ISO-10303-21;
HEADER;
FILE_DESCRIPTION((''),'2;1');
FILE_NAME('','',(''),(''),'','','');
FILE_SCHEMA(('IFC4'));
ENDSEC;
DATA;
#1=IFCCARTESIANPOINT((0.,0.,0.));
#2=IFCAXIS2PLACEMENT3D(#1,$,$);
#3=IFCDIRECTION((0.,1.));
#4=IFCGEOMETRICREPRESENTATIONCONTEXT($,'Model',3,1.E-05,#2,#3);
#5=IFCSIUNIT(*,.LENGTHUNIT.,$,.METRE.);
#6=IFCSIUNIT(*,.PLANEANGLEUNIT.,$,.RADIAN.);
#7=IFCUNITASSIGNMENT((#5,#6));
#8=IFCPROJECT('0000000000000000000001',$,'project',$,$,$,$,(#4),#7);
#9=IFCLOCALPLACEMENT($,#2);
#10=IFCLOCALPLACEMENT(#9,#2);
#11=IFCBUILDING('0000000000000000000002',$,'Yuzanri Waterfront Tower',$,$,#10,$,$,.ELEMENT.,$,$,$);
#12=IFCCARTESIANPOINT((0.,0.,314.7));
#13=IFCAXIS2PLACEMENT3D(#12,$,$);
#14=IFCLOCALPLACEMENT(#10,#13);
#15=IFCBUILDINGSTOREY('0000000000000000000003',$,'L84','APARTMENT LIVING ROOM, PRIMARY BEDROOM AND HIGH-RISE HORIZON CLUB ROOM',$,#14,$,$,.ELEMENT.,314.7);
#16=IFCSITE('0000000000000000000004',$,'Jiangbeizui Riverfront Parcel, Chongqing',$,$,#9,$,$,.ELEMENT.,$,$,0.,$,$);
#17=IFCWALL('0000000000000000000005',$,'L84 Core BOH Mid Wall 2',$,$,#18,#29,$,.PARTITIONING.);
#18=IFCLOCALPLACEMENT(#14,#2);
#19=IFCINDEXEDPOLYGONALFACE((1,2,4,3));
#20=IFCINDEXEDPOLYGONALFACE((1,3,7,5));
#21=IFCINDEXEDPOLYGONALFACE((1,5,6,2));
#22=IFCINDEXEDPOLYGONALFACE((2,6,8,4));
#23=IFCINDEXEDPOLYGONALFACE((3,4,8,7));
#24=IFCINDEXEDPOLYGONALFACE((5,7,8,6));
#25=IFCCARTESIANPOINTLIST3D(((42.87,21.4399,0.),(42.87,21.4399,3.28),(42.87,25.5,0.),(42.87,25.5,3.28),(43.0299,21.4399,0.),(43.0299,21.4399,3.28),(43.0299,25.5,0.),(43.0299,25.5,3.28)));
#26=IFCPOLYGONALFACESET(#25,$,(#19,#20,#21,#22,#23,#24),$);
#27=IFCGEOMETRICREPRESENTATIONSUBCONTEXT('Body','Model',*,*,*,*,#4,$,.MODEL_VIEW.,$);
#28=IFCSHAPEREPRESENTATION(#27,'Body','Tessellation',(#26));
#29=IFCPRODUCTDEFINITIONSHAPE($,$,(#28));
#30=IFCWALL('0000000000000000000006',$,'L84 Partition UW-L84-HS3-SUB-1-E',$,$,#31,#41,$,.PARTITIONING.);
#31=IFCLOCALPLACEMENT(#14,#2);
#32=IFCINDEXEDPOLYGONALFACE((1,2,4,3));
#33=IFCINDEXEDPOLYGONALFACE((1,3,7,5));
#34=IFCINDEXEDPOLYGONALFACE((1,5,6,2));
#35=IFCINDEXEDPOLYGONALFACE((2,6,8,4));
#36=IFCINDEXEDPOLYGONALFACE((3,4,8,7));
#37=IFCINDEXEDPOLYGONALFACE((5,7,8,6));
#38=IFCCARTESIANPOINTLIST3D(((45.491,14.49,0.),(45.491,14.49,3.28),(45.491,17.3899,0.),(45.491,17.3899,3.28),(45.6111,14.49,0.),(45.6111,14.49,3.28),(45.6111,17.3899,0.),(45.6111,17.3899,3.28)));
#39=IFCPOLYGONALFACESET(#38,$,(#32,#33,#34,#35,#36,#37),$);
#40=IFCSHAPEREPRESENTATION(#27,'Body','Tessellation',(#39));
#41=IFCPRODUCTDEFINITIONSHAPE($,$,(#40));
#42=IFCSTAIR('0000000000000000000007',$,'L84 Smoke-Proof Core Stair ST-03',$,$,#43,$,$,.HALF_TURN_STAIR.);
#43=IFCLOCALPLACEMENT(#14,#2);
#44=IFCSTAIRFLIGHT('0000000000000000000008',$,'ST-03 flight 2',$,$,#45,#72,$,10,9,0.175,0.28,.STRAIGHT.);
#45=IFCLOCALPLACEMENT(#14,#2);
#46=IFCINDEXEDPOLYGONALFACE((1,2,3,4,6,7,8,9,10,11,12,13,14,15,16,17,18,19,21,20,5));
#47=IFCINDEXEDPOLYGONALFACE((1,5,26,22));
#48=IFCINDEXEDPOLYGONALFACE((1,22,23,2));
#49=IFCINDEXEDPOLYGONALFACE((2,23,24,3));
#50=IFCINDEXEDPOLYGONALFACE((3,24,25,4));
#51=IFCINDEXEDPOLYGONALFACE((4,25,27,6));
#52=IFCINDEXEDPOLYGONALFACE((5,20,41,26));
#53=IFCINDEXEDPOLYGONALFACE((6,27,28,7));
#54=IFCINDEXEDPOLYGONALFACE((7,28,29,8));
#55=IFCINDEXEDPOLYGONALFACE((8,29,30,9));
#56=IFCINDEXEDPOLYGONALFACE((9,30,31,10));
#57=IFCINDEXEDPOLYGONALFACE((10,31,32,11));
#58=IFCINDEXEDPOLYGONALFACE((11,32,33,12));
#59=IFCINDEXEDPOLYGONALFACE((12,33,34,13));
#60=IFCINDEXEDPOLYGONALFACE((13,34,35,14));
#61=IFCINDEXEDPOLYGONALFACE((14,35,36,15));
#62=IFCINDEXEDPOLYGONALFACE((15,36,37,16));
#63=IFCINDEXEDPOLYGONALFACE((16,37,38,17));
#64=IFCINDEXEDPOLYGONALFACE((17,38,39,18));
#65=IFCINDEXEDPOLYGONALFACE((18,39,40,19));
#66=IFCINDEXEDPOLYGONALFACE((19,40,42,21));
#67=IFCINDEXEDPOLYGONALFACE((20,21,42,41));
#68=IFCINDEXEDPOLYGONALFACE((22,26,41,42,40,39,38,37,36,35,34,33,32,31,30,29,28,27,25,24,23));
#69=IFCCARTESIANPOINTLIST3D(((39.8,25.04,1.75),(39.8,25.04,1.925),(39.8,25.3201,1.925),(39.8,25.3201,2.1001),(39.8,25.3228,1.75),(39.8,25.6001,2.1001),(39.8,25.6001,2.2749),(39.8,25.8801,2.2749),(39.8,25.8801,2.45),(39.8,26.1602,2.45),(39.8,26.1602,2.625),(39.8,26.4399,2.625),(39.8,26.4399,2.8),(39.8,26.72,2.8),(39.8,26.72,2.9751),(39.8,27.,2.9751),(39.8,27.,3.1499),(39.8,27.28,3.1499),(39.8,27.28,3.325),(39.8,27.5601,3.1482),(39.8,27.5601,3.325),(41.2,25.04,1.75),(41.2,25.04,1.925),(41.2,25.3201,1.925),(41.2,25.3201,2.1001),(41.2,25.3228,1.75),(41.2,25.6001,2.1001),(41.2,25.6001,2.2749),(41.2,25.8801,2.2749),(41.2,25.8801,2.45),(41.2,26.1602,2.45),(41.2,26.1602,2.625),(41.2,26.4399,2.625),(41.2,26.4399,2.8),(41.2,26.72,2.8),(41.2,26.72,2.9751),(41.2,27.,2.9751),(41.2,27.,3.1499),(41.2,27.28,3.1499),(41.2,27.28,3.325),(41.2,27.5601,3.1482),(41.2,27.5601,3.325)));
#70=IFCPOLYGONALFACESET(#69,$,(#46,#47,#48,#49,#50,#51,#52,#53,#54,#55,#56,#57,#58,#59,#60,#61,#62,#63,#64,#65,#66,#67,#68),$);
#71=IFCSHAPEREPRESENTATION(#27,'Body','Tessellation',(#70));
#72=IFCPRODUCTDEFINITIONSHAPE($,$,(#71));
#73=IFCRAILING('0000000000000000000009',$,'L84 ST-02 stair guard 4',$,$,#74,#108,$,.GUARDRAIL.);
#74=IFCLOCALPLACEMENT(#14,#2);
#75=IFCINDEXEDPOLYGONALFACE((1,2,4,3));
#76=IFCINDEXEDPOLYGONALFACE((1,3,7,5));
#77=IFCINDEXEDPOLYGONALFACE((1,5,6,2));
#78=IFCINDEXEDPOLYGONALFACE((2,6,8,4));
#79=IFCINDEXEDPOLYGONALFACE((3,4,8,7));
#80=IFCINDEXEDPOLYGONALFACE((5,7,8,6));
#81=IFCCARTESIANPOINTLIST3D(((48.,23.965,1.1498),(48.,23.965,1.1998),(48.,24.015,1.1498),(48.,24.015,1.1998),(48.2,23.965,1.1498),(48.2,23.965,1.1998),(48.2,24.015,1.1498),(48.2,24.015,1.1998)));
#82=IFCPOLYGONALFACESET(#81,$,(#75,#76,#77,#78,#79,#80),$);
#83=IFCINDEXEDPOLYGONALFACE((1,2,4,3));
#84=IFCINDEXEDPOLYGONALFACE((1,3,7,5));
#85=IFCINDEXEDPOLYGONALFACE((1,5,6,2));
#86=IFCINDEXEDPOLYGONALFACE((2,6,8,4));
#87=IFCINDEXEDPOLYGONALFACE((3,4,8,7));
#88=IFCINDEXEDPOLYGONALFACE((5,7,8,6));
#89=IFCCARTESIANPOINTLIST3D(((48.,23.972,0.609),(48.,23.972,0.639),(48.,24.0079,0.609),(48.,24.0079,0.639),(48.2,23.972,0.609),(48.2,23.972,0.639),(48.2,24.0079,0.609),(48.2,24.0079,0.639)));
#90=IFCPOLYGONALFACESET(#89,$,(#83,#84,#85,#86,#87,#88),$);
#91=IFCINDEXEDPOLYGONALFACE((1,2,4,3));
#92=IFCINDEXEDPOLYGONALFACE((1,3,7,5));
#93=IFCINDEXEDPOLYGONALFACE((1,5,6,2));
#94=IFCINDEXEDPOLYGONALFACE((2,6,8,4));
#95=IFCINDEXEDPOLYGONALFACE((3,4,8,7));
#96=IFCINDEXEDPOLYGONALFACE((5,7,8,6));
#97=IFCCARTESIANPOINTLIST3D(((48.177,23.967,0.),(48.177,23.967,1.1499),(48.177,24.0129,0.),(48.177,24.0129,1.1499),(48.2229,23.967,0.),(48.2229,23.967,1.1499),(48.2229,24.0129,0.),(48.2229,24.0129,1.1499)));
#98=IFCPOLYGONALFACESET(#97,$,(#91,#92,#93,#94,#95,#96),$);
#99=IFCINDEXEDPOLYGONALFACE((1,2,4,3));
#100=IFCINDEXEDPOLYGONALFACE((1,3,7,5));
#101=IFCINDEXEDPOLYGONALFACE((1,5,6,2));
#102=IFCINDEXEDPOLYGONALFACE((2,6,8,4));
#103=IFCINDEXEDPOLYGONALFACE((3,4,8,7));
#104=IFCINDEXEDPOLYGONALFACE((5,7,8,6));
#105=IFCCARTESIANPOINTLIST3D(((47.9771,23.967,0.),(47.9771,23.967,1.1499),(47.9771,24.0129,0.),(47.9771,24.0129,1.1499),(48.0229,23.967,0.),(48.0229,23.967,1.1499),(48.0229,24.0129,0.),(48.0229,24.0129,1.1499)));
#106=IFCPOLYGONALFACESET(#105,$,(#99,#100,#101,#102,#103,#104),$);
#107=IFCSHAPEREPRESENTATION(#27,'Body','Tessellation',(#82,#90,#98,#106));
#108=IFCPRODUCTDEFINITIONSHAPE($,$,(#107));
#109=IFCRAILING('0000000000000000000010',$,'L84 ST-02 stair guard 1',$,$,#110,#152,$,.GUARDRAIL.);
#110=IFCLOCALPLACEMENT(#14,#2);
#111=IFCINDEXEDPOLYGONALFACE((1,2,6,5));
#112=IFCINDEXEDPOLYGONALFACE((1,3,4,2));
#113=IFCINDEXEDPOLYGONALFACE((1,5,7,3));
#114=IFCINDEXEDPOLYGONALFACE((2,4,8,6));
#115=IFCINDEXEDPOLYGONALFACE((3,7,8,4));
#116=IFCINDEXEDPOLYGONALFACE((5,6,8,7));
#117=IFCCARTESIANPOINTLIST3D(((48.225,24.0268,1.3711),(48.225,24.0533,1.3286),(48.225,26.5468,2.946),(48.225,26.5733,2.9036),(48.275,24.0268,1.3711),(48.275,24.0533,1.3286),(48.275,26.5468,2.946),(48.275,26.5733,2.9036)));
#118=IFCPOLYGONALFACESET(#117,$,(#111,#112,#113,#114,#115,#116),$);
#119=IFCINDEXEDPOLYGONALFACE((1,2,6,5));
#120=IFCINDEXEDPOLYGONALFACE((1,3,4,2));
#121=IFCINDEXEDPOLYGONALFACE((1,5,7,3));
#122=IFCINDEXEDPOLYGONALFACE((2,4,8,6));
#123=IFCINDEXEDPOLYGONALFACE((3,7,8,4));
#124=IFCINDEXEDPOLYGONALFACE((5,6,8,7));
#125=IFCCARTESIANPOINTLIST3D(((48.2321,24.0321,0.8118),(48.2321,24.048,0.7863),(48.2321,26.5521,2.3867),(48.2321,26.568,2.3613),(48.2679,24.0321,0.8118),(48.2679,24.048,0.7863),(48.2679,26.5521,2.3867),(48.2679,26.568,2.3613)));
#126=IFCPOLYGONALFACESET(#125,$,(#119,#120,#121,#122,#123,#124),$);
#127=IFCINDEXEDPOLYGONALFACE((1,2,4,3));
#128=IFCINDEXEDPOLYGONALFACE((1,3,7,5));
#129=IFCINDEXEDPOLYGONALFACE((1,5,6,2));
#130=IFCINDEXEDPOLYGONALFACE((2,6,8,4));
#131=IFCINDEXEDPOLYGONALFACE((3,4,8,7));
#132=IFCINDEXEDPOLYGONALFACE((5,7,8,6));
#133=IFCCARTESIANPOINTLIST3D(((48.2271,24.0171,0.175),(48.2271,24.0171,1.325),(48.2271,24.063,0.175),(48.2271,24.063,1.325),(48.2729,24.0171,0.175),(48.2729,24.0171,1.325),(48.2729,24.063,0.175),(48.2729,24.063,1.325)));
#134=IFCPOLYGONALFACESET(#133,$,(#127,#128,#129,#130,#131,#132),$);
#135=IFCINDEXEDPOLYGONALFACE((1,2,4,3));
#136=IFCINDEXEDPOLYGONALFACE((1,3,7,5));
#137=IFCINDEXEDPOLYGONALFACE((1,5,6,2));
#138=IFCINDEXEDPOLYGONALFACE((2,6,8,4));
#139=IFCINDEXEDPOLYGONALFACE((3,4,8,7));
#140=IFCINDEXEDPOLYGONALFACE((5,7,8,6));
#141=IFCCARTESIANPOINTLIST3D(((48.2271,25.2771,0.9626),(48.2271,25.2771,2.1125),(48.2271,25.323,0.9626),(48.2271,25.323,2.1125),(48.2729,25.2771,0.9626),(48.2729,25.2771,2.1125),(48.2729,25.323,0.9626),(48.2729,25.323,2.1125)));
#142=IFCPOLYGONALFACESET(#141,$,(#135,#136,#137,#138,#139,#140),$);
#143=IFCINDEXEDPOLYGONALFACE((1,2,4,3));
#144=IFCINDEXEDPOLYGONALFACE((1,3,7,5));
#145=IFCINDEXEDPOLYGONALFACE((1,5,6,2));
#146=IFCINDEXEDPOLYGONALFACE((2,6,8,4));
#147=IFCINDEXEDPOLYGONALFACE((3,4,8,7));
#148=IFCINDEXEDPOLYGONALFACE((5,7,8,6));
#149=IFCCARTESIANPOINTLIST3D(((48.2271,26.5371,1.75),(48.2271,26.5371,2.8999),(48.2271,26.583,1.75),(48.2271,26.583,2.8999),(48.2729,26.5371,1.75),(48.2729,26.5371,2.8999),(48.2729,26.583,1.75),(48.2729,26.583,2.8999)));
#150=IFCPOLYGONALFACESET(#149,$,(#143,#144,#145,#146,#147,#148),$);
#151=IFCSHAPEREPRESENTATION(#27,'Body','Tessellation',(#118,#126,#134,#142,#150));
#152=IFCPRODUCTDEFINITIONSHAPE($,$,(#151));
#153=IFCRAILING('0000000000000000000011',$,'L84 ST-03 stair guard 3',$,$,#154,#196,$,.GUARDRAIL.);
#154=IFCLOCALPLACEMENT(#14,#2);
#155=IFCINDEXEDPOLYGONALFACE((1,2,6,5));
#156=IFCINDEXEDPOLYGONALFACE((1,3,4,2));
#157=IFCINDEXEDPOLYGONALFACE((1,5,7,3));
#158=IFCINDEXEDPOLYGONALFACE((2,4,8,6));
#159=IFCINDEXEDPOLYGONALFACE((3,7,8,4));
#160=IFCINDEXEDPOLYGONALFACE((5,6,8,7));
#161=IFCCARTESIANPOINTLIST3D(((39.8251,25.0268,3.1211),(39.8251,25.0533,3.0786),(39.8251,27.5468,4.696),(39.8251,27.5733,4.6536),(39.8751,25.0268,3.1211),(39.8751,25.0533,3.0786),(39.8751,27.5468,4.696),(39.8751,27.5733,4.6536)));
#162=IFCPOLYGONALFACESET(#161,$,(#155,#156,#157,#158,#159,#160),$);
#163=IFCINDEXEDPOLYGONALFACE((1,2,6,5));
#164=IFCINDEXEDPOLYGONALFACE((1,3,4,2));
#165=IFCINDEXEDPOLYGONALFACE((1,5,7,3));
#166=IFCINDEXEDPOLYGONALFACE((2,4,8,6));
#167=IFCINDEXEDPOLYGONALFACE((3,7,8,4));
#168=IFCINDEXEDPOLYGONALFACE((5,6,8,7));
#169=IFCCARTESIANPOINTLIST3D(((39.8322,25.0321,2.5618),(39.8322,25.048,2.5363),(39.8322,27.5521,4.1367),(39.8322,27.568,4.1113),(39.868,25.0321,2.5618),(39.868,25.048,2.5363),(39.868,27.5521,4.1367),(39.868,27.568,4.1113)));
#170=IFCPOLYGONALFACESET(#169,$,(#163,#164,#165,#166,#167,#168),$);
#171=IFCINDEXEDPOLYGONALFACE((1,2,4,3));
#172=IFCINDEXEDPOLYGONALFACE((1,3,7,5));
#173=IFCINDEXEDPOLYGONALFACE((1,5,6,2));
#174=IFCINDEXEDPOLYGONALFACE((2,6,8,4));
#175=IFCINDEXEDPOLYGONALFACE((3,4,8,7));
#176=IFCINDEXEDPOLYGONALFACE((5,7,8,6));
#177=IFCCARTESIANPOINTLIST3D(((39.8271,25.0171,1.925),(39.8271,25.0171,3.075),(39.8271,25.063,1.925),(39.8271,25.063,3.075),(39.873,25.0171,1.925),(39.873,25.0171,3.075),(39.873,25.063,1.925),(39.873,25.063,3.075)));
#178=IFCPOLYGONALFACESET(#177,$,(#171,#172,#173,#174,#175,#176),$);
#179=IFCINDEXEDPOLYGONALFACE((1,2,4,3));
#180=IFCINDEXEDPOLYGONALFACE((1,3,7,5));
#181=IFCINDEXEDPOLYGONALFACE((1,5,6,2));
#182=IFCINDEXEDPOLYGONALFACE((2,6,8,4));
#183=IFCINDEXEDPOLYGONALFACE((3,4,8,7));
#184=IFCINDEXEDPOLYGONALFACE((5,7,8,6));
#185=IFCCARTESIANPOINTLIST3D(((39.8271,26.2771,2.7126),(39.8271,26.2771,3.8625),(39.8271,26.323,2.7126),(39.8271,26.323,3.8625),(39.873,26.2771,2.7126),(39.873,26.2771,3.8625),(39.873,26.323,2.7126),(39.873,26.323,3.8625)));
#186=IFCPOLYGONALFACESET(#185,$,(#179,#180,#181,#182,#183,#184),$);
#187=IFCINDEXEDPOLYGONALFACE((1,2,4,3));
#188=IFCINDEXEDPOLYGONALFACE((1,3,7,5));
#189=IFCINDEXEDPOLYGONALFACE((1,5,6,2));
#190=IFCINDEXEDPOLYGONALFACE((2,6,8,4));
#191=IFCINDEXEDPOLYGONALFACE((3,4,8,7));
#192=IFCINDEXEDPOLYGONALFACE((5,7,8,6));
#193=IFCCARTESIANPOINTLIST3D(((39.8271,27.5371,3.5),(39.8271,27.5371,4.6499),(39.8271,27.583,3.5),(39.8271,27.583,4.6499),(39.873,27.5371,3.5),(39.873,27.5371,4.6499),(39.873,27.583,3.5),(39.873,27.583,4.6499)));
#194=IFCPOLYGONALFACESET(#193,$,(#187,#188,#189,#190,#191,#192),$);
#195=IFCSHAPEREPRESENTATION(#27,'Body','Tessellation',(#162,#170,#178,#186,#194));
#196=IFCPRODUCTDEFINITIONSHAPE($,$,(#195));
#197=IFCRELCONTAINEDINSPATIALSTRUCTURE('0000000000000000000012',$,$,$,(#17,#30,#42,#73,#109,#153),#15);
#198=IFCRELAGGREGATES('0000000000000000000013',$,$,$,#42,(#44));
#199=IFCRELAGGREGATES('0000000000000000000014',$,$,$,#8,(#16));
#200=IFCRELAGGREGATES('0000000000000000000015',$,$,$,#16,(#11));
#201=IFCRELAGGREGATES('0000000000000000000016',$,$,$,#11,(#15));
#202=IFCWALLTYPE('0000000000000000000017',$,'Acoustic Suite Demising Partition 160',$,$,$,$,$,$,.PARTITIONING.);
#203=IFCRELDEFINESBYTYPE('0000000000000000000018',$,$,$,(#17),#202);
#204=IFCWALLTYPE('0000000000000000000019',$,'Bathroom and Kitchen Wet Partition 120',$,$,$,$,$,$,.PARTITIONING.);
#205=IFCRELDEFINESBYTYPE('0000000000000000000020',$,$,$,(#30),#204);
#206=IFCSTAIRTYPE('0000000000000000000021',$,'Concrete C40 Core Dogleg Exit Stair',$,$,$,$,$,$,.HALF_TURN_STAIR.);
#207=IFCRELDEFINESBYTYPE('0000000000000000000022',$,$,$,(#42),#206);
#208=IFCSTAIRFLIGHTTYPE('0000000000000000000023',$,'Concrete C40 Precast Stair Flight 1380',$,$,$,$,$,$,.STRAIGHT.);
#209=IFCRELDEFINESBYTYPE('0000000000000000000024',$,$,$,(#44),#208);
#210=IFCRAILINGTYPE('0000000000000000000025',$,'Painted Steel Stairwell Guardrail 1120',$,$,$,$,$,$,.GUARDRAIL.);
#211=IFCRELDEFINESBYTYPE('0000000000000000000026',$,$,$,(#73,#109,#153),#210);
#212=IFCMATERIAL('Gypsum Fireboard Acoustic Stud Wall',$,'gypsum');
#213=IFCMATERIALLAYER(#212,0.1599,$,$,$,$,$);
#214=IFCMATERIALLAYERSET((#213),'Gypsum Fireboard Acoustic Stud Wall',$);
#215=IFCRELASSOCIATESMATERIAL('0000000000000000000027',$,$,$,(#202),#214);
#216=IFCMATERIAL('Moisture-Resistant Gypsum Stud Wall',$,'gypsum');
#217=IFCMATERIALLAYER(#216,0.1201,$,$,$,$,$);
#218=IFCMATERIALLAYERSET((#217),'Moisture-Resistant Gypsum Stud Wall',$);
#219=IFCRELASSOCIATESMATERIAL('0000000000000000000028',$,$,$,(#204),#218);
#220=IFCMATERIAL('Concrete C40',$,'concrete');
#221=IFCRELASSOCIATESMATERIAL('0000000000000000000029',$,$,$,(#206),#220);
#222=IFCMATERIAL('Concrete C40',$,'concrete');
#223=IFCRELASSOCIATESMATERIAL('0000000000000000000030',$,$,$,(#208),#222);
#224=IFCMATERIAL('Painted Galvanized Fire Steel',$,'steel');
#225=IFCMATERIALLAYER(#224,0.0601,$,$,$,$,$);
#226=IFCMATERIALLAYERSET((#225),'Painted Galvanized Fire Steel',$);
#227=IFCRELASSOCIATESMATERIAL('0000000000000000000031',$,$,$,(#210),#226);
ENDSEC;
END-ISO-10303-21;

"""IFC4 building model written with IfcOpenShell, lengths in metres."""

from ifc_helpers import new_model, si_unit, direction, frame, frame_2d, origin, origin_2d, place, context, subcontext, project, spatial, polyline, rectangle, outline, extrude, source, transform, mapped, material, layer, layer_set, type_object, element, aggregate, save


model = new_model("IFC4")

# Units and contexts
model_context = context("Model", 3, precision=1e-05, world=origin(), true_north=direction((0.0, 1.0)))
body_context = subcontext(model_context, "Body", "Model", "MODEL_VIEW")
ifc_project = project(units=[si_unit("LENGTHUNIT", "METRE"), si_unit("PLANEANGLEUNIT", "RADIAN")], contexts=[model_context])

# Site, building, storey
site_placement = place(None, origin())
site = spatial("IfcSite", under=ifc_project, at=site_placement, Name="Jiangbeizui Riverfront Parcel, Chongqing", CompositionType="ELEMENT", RefElevation=0.0)
building_placement = place(site_placement, origin())
building = spatial("IfcBuilding", under=site, at=building_placement, Name="Yuzanri Waterfront Tower", CompositionType="ELEMENT")
storey_placement = place(building_placement, frame((0.0, 0.0, 314.7)))
storey = spatial("IfcBuildingStorey", under=building, at=storey_placement, Name="L84", Description="APARTMENT LIVING ROOM, PRIMARY BEDROOM AND HIGH-RISE HORIZON CLUB ROOM", CompositionType="ELEMENT", Elevation=314.7)

# Walls
ifc_material_1 = material(Name="Gypsum Fireboard Acoustic Stud Wall", Category="gypsum")
ifc_layer_1 = layer(ifc_material_1, 0.1599)
ifc_layer_set_1 = layer_set([ifc_layer_1], Name="Gypsum Fireboard Acoustic Stud Wall")
wall_type_1 = type_object("IfcWallType", Name="Acoustic Suite Demising Partition 160", PredefinedType="PARTITIONING", material=ifc_layer_set_1)
shared_shape_1 = source(origin(), body_context, "Body", "SweptSolid", [
    extrude(rectangle(XDim=4.0601, YDim=0.1599, at=frame_2d((2.03, 0.0))), origin(), (0.0, 0.0, 1.0), 3.28),
])
wall_1_placement = place(storey_placement, frame((42.95, 21.4399, 0.0), z_axis=(0.0, 0.0, 1.0), x_axis=(0.0, 1.0, 0.0)))
element("IfcWall", 1, at=wall_1_placement, inside=storey, type_object=wall_type_1, Name="L84 Core BOH Mid Wall 2", PredefinedType="PARTITIONING", context=body_context, shape_type="MappedRepresentation", body=[
    mapped(shared_shape_1, transform((0.0, 0.0, 0.0), scale=1.0)),
])
ifc_material_2 = material(Name="Moisture-Resistant Gypsum Stud Wall", Category="gypsum")
ifc_layer_2 = layer(ifc_material_2, 0.1201)
ifc_layer_set_2 = layer_set([ifc_layer_2], Name="Moisture-Resistant Gypsum Stud Wall")
wall_type_2 = type_object("IfcWallType", Name="Bathroom and Kitchen Wet Partition 120", PredefinedType="PARTITIONING", material=ifc_layer_set_2)
shared_shape_2 = source(origin(), body_context, "Body", "SweptSolid", [
    extrude(rectangle(XDim=2.8999, YDim=0.1201, at=frame_2d((1.45, 0.0))), origin(), (0.0, 0.0, 1.0), 3.28),
])
wall_2_placement = place(storey_placement, frame((45.551, 14.49, 0.0), z_axis=(0.0, 0.0, 1.0), x_axis=(0.0, 1.0, 0.0)))
element("IfcWall", 2, at=wall_2_placement, inside=storey, type_object=wall_type_2, Name="L84 Partition UW-L84-HS3-SUB-1-E", PredefinedType="PARTITIONING", context=body_context, shape_type="MappedRepresentation", body=[
    mapped(shared_shape_2, transform((0.0, 0.0, 0.0), scale=1.0)),
])

# Stair, stair flight
ifc_material_3 = material(Name="Concrete C40", Category="concrete")
stair_type = type_object("IfcStairType", Name="Concrete C40 Core Dogleg Exit Stair", PredefinedType="HALF_TURN_STAIR", material=ifc_material_3)
stair_placement = place(storey_placement, origin())
stair = element("IfcStair", 3, at=stair_placement, inside=storey, type_object=stair_type, Name="L84 Smoke-Proof Core Stair ST-03", PredefinedType="HALF_TURN_STAIR")
ifc_material_4 = material(Name="Concrete C40", Category="concrete")
stair_flight_type = type_object("IfcStairFlightType", Name="Concrete C40 Precast Stair Flight 1380", PredefinedType="STRAIGHT", material=ifc_material_4)
shared_shape_3 = source(origin(), body_context, "Body", "SweptSolid", [
    extrude(outline(polyline([(0.0, 0.0), (0.0, 0.175), (0.28, 0.175), (0.28, 0.3501), (0.5601, 0.3501), (0.5601, 0.5249), (0.8401, 0.5249), (0.8401, 0.7), (1.1201, 0.7), (1.1201, 0.875), (1.3999, 0.875), (1.3999, 1.05), (1.6799, 1.05), (1.6799, 1.2251), (1.96, 1.2251), (1.96, 1.3999), (2.24, 1.3999), (2.24, 1.575), (2.52, 1.575), (2.52, 1.75), (2.52, 1.3982), (0.2827, 0.0), (0.0, 0.0)])), frame((0.0, 0.7, 0.0), z_axis=(0.0, -1.0, 0.0), x_axis=(1.0, 0.0, 0.0)), (0.0, 0.0, 1.0), 1.3999),
])
stair_flight_placement = place(storey_placement, frame((40.5, 25.04, 1.75), z_axis=(0.0, 0.0, 1.0), x_axis=(0.0, 1.0, 0.0)))
stair_flight = element("IfcStairFlight", 4, at=stair_flight_placement, type_object=stair_flight_type, Name="ST-03 flight 2", NumberOfRisers=10, NumberOfTreads=9, PredefinedType="STRAIGHT", RiserHeight=0.175, TreadLength=0.28, context=body_context, shape_type="MappedRepresentation", body=[
    mapped(shared_shape_3, transform((0.0, 0.0, 0.0), scale=1.0)),
])
aggregate(stair, [stair_flight])

# Railings
ifc_material_5 = material(Name="Painted Galvanized Fire Steel", Category="steel")
ifc_layer_3 = layer(ifc_material_5, 0.0601)
ifc_layer_set_3 = layer_set([ifc_layer_3], Name="Painted Galvanized Fire Steel")
railing_type = type_object("IfcRailingType", Name="Painted Steel Stairwell Guardrail 1120", PredefinedType="GUARDRAIL", material=ifc_layer_set_3)
shared_shape_4 = source(origin(), body_context, "Body", "SweptSolid", [
    extrude(rectangle(XDim=0.05, YDim=0.05, at=origin_2d()), frame((0.0, 0.0, 1.1748), z_axis=(-1.0, 0.0, 0.0), x_axis=(0.0, -1.0, 0.0)), (0.0, 0.0, 1.0), 0.2),
    extrude(rectangle(XDim=0.0359, YDim=0.03, at=origin_2d()), frame((0.0, 0.0, 0.624), z_axis=(-1.0, 0.0, 0.0), x_axis=(0.0, -1.0, 0.0)), (0.0, 0.0, 1.0), 0.2),
    extrude(rectangle(XDim=0.0459, YDim=0.0459, at=origin_2d()), origin(), (0.0, 0.0, 1.0), 1.1499),
    extrude(rectangle(XDim=0.0459, YDim=0.0459, at=origin_2d()), frame((-0.2, 0.0, 0.0)), (0.0, 0.0, 1.0), 1.1499),
])
railing_1_placement = place(storey_placement, frame((48.2, 23.99, 0.0)))
element("IfcRailing", 5, at=railing_1_placement, inside=storey, type_object=railing_type, Name="L84 ST-02 stair guard 4", PredefinedType="GUARDRAIL", context=body_context, shape_type="MappedRepresentation", body=[
    mapped(shared_shape_4, transform((0.0, 0.0, 0.0), scale=1.0)),
])
shared_shape_5 = source(origin(), body_context, "Body", "SweptSolid", [
    extrude(rectangle(XDim=0.05, YDim=0.05, at=origin_2d()), frame((0.0, 0.0, 1.1748), z_axis=(0.0, 0.848008, 0.529984), x_axis=(-1.0, 0.0, 0.0)), (0.0, 0.0, 1.0), 2.9717),
    extrude(rectangle(XDim=0.0359, YDim=0.03, at=origin_2d()), frame((0.0, 0.0, 0.624), z_axis=(0.0, 0.848008, 0.529984), x_axis=(-1.0, 0.0, 0.0)), (0.0, 0.0, 1.0), 2.9717),
    extrude(rectangle(XDim=0.0459, YDim=0.0459, at=origin_2d()), origin(), (0.0, 0.0, 1.0), 1.1499),
    extrude(rectangle(XDim=0.0459, YDim=0.0459, at=origin_2d()), frame((0.0, 1.26, 0.7876)), (0.0, 0.0, 1.0), 1.1499),
    extrude(rectangle(XDim=0.0459, YDim=0.0459, at=origin_2d()), frame((0.0, 2.52, 1.575)), (0.0, 0.0, 1.0), 1.1499),
])
for number, where, name in (
    (6, (48.25, 24.04, 0.175), "L84 ST-02 stair guard 1"),
    (7, (39.8501, 25.04, 1.925), "L84 ST-03 stair guard 3"),
):
    element("IfcRailing", number, at=place(storey_placement, frame(where)), inside=storey, type_object=railing_type, Name=name, PredefinedType="GUARDRAIL", context=body_context, shape_type="MappedRepresentation", body=[
        mapped(shared_shape_5, transform((0.0, 0.0, 0.0), scale=1.0)),
    ])

save(model, "model.ifc")
